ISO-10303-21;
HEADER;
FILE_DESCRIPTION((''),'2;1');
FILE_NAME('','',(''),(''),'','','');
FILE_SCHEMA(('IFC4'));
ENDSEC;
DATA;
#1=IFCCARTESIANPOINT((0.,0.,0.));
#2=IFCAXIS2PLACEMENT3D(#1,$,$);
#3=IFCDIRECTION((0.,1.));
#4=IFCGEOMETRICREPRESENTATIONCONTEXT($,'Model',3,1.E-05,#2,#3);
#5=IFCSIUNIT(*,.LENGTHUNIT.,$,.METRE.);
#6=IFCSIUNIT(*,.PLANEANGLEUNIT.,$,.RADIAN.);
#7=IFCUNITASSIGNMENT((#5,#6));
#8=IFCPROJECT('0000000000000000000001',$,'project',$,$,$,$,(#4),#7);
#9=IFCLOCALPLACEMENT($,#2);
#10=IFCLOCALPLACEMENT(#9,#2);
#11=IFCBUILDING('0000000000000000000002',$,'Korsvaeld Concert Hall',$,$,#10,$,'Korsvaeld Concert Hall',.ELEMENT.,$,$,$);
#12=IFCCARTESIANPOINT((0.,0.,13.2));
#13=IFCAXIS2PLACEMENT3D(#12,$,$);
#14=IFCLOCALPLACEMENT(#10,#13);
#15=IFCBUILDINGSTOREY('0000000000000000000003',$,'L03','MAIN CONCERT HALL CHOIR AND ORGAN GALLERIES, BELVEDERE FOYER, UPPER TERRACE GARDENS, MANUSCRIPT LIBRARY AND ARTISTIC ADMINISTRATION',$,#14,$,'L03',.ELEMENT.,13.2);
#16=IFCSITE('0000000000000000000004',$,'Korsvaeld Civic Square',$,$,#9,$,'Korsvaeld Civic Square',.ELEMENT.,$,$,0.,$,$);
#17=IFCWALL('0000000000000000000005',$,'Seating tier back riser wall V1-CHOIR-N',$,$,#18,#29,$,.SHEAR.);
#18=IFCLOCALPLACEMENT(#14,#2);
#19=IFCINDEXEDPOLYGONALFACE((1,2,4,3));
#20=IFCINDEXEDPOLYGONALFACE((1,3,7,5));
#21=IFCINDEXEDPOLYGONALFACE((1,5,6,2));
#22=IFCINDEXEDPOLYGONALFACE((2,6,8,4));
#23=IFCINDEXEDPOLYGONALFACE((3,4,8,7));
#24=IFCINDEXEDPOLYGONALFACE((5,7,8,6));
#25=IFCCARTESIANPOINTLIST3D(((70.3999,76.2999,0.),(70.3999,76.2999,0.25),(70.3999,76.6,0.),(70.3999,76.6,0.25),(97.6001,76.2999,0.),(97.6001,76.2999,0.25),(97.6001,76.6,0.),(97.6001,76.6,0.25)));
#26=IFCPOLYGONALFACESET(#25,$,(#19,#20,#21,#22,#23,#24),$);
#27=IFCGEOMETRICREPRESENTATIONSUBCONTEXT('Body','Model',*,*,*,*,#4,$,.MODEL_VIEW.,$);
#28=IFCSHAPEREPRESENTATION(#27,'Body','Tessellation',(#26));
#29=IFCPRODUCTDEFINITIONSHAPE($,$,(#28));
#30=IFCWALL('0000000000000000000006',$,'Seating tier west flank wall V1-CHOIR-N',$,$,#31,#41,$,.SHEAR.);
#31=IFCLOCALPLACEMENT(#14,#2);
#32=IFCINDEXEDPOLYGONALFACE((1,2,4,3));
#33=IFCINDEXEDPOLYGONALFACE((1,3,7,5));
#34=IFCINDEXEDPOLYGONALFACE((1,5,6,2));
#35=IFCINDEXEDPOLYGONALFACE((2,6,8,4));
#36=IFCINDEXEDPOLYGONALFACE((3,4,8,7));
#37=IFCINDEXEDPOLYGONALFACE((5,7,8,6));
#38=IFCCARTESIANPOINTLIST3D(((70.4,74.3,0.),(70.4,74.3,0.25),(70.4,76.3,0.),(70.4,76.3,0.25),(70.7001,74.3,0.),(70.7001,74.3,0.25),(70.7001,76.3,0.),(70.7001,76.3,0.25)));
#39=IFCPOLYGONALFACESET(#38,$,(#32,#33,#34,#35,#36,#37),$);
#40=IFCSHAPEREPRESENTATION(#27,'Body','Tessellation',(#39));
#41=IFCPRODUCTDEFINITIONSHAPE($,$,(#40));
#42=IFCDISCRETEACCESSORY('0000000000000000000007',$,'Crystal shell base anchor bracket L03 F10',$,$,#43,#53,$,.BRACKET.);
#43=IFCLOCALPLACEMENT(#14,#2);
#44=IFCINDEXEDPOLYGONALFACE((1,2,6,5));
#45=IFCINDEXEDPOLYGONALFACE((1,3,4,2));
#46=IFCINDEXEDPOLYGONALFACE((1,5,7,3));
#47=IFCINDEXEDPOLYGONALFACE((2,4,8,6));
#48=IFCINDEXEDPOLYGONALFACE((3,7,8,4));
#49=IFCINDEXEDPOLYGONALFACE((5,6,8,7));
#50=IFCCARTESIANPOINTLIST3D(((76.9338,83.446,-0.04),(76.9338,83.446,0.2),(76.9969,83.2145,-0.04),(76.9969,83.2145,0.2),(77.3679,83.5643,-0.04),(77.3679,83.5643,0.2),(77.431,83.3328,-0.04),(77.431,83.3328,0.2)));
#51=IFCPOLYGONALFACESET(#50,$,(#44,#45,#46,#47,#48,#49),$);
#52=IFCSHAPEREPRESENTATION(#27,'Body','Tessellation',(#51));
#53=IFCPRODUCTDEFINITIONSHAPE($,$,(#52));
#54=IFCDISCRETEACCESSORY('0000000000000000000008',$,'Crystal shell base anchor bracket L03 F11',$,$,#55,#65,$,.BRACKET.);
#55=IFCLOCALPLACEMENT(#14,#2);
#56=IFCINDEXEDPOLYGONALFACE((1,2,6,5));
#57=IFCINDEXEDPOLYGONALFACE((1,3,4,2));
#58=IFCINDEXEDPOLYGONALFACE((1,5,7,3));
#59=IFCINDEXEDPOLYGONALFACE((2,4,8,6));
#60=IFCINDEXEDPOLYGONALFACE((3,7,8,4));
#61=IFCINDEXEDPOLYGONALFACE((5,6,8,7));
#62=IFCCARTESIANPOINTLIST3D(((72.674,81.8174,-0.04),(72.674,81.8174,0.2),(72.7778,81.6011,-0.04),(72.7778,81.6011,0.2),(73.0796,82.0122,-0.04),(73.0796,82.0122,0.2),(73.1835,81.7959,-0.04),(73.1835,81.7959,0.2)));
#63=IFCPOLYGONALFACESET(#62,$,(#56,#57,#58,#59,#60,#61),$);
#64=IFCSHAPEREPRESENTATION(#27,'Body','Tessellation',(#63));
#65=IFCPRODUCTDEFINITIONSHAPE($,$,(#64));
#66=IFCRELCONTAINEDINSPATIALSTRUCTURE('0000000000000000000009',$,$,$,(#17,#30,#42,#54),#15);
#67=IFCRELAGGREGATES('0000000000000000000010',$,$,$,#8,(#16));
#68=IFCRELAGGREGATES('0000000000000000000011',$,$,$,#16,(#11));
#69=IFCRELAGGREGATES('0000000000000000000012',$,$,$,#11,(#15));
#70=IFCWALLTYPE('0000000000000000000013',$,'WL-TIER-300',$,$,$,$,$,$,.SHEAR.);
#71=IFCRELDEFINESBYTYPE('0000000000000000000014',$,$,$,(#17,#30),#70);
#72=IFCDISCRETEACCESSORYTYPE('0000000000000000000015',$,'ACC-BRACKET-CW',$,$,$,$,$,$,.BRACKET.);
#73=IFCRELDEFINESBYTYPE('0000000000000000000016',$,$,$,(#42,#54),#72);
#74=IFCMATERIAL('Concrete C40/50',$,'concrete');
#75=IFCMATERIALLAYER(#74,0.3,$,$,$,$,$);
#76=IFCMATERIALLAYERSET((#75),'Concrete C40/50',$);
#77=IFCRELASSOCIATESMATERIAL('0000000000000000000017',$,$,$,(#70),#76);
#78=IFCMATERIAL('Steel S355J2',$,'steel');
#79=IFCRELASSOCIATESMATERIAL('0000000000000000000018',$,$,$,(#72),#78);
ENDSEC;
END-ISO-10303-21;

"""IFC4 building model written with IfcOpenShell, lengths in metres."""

from ifc_helpers import new_model, si_unit, direction, frame, frame_2d, origin, origin_2d, place, context, subcontext, project, spatial, rectangle, extrude, material, layer, layer_set, type_object, element, save


model = new_model("IFC4")

# Units and contexts
model_context = context("Model", 3, precision=1e-05, world=origin(), true_north=direction((0.0, 1.0)))
body_context = subcontext(model_context, "Body", "Model", "MODEL_VIEW")
ifc_project = project(units=[si_unit("LENGTHUNIT", "METRE"), si_unit("PLANEANGLEUNIT", "RADIAN")], contexts=[model_context])

# Site, building, storey
site_placement = place(None, origin())
site = spatial("IfcSite", under=ifc_project, at=site_placement, Name="Korsvaeld Civic Square", LongName="Korsvaeld Civic Square", CompositionType="ELEMENT", RefElevation=0.0)
building_placement = place(site_placement, origin())
building = spatial("IfcBuilding", under=site, at=building_placement, Name="Korsvaeld Concert Hall", LongName="Korsvaeld Concert Hall", CompositionType="ELEMENT")
storey_placement = place(building_placement, frame((0.0, 0.0, 13.2)))
storey = spatial("IfcBuildingStorey", under=building, at=storey_placement, Name="L03", Description="MAIN CONCERT HALL CHOIR AND ORGAN GALLERIES, BELVEDERE FOYER, UPPER TERRACE GARDENS, MANUSCRIPT LIBRARY AND ARTISTIC ADMINISTRATION", LongName="L03", CompositionType="ELEMENT", Elevation=13.2)

# Shared definitions
ifc_material_1 = material(Name="Concrete C40/50", Category="concrete")
ifc_material_2 = material(Name="Steel S355J2", Category="steel")

# Walls
ifc_layer_1 = layer(ifc_material_1, 0.3)
ifc_layer_set_1 = layer_set([ifc_layer_1], Name="Concrete C40/50")
wall_type_1 = type_object("IfcWallType", Name="WL-TIER-300", PredefinedType="SHEAR", material=ifc_layer_set_1)
for number, where, z_axis, x_axis, name in (
    (1, (70.3999, 76.45, 0.0), (0.0, 0.0, 1.0), (1.0, 0.0, 0.0), "Seating tier back riser wall V1-CHOIR-N"),
):
    element("IfcWall", number, at=place(storey_placement, frame(where, z_axis=z_axis, x_axis=x_axis)), inside=storey, type_object=wall_type_1, Name=name, PredefinedType="SHEAR", context=body_context, shape_type="SweptSolid", body=[
        extrude(rectangle(XDim=27.2002, YDim=0.3, at=frame_2d((13.6001, 0.0))), origin(), (0.0, 0.0, 1.0), 0.25),
    ])
wall_1_placement = place(storey_placement, frame((70.55, 74.3, 0.0), z_axis=(0.0, 0.0, 1.0), x_axis=(0.0, 1.0, 0.0)))
element("IfcWall", 2, at=wall_1_placement, inside=storey, type_object=wall_type_1, Name="Seating tier west flank wall V1-CHOIR-N", PredefinedType="SHEAR", context=body_context, shape_type="SweptSolid", body=[
    extrude(rectangle(XDim=2.0, YDim=0.3, at=frame_2d((1.0, 0.0))), origin(), (0.0, 0.0, 1.0), 0.25),
])

# Discrete accessories
discrete_accessory_type = type_object("IfcDiscreteAccessoryType", Name="ACC-BRACKET-CW", PredefinedType="BRACKET", material=ifc_material_2)
for number, where, z_axis, x_axis, name in (
    (3, (77.1824, 83.3894, -0.04), (0.0, 0.0, 1.0), (-0.964833, -0.262863, 0.0), "Crystal shell base anchor bracket L03 F10"),
    (4, (72.9287, 81.8066, -0.04), (0.0, 0.0, 1.0), (-0.901455, -0.432873, 0.0), "Crystal shell base anchor bracket L03 F11"),
):
    element("IfcDiscreteAccessory", number, at=place(storey_placement, frame(where, z_axis=z_axis, x_axis=x_axis)), inside=storey, type_object=discrete_accessory_type, Name=name, PredefinedType="BRACKET", context=body_context, shape_type="SweptSolid", body=[
        extrude(rectangle(XDim=0.45, YDim=0.24, at=origin_2d()), origin(), (0.0, 0.0, 1.0), 0.24),
    ])

save(model, "model.ifc")
